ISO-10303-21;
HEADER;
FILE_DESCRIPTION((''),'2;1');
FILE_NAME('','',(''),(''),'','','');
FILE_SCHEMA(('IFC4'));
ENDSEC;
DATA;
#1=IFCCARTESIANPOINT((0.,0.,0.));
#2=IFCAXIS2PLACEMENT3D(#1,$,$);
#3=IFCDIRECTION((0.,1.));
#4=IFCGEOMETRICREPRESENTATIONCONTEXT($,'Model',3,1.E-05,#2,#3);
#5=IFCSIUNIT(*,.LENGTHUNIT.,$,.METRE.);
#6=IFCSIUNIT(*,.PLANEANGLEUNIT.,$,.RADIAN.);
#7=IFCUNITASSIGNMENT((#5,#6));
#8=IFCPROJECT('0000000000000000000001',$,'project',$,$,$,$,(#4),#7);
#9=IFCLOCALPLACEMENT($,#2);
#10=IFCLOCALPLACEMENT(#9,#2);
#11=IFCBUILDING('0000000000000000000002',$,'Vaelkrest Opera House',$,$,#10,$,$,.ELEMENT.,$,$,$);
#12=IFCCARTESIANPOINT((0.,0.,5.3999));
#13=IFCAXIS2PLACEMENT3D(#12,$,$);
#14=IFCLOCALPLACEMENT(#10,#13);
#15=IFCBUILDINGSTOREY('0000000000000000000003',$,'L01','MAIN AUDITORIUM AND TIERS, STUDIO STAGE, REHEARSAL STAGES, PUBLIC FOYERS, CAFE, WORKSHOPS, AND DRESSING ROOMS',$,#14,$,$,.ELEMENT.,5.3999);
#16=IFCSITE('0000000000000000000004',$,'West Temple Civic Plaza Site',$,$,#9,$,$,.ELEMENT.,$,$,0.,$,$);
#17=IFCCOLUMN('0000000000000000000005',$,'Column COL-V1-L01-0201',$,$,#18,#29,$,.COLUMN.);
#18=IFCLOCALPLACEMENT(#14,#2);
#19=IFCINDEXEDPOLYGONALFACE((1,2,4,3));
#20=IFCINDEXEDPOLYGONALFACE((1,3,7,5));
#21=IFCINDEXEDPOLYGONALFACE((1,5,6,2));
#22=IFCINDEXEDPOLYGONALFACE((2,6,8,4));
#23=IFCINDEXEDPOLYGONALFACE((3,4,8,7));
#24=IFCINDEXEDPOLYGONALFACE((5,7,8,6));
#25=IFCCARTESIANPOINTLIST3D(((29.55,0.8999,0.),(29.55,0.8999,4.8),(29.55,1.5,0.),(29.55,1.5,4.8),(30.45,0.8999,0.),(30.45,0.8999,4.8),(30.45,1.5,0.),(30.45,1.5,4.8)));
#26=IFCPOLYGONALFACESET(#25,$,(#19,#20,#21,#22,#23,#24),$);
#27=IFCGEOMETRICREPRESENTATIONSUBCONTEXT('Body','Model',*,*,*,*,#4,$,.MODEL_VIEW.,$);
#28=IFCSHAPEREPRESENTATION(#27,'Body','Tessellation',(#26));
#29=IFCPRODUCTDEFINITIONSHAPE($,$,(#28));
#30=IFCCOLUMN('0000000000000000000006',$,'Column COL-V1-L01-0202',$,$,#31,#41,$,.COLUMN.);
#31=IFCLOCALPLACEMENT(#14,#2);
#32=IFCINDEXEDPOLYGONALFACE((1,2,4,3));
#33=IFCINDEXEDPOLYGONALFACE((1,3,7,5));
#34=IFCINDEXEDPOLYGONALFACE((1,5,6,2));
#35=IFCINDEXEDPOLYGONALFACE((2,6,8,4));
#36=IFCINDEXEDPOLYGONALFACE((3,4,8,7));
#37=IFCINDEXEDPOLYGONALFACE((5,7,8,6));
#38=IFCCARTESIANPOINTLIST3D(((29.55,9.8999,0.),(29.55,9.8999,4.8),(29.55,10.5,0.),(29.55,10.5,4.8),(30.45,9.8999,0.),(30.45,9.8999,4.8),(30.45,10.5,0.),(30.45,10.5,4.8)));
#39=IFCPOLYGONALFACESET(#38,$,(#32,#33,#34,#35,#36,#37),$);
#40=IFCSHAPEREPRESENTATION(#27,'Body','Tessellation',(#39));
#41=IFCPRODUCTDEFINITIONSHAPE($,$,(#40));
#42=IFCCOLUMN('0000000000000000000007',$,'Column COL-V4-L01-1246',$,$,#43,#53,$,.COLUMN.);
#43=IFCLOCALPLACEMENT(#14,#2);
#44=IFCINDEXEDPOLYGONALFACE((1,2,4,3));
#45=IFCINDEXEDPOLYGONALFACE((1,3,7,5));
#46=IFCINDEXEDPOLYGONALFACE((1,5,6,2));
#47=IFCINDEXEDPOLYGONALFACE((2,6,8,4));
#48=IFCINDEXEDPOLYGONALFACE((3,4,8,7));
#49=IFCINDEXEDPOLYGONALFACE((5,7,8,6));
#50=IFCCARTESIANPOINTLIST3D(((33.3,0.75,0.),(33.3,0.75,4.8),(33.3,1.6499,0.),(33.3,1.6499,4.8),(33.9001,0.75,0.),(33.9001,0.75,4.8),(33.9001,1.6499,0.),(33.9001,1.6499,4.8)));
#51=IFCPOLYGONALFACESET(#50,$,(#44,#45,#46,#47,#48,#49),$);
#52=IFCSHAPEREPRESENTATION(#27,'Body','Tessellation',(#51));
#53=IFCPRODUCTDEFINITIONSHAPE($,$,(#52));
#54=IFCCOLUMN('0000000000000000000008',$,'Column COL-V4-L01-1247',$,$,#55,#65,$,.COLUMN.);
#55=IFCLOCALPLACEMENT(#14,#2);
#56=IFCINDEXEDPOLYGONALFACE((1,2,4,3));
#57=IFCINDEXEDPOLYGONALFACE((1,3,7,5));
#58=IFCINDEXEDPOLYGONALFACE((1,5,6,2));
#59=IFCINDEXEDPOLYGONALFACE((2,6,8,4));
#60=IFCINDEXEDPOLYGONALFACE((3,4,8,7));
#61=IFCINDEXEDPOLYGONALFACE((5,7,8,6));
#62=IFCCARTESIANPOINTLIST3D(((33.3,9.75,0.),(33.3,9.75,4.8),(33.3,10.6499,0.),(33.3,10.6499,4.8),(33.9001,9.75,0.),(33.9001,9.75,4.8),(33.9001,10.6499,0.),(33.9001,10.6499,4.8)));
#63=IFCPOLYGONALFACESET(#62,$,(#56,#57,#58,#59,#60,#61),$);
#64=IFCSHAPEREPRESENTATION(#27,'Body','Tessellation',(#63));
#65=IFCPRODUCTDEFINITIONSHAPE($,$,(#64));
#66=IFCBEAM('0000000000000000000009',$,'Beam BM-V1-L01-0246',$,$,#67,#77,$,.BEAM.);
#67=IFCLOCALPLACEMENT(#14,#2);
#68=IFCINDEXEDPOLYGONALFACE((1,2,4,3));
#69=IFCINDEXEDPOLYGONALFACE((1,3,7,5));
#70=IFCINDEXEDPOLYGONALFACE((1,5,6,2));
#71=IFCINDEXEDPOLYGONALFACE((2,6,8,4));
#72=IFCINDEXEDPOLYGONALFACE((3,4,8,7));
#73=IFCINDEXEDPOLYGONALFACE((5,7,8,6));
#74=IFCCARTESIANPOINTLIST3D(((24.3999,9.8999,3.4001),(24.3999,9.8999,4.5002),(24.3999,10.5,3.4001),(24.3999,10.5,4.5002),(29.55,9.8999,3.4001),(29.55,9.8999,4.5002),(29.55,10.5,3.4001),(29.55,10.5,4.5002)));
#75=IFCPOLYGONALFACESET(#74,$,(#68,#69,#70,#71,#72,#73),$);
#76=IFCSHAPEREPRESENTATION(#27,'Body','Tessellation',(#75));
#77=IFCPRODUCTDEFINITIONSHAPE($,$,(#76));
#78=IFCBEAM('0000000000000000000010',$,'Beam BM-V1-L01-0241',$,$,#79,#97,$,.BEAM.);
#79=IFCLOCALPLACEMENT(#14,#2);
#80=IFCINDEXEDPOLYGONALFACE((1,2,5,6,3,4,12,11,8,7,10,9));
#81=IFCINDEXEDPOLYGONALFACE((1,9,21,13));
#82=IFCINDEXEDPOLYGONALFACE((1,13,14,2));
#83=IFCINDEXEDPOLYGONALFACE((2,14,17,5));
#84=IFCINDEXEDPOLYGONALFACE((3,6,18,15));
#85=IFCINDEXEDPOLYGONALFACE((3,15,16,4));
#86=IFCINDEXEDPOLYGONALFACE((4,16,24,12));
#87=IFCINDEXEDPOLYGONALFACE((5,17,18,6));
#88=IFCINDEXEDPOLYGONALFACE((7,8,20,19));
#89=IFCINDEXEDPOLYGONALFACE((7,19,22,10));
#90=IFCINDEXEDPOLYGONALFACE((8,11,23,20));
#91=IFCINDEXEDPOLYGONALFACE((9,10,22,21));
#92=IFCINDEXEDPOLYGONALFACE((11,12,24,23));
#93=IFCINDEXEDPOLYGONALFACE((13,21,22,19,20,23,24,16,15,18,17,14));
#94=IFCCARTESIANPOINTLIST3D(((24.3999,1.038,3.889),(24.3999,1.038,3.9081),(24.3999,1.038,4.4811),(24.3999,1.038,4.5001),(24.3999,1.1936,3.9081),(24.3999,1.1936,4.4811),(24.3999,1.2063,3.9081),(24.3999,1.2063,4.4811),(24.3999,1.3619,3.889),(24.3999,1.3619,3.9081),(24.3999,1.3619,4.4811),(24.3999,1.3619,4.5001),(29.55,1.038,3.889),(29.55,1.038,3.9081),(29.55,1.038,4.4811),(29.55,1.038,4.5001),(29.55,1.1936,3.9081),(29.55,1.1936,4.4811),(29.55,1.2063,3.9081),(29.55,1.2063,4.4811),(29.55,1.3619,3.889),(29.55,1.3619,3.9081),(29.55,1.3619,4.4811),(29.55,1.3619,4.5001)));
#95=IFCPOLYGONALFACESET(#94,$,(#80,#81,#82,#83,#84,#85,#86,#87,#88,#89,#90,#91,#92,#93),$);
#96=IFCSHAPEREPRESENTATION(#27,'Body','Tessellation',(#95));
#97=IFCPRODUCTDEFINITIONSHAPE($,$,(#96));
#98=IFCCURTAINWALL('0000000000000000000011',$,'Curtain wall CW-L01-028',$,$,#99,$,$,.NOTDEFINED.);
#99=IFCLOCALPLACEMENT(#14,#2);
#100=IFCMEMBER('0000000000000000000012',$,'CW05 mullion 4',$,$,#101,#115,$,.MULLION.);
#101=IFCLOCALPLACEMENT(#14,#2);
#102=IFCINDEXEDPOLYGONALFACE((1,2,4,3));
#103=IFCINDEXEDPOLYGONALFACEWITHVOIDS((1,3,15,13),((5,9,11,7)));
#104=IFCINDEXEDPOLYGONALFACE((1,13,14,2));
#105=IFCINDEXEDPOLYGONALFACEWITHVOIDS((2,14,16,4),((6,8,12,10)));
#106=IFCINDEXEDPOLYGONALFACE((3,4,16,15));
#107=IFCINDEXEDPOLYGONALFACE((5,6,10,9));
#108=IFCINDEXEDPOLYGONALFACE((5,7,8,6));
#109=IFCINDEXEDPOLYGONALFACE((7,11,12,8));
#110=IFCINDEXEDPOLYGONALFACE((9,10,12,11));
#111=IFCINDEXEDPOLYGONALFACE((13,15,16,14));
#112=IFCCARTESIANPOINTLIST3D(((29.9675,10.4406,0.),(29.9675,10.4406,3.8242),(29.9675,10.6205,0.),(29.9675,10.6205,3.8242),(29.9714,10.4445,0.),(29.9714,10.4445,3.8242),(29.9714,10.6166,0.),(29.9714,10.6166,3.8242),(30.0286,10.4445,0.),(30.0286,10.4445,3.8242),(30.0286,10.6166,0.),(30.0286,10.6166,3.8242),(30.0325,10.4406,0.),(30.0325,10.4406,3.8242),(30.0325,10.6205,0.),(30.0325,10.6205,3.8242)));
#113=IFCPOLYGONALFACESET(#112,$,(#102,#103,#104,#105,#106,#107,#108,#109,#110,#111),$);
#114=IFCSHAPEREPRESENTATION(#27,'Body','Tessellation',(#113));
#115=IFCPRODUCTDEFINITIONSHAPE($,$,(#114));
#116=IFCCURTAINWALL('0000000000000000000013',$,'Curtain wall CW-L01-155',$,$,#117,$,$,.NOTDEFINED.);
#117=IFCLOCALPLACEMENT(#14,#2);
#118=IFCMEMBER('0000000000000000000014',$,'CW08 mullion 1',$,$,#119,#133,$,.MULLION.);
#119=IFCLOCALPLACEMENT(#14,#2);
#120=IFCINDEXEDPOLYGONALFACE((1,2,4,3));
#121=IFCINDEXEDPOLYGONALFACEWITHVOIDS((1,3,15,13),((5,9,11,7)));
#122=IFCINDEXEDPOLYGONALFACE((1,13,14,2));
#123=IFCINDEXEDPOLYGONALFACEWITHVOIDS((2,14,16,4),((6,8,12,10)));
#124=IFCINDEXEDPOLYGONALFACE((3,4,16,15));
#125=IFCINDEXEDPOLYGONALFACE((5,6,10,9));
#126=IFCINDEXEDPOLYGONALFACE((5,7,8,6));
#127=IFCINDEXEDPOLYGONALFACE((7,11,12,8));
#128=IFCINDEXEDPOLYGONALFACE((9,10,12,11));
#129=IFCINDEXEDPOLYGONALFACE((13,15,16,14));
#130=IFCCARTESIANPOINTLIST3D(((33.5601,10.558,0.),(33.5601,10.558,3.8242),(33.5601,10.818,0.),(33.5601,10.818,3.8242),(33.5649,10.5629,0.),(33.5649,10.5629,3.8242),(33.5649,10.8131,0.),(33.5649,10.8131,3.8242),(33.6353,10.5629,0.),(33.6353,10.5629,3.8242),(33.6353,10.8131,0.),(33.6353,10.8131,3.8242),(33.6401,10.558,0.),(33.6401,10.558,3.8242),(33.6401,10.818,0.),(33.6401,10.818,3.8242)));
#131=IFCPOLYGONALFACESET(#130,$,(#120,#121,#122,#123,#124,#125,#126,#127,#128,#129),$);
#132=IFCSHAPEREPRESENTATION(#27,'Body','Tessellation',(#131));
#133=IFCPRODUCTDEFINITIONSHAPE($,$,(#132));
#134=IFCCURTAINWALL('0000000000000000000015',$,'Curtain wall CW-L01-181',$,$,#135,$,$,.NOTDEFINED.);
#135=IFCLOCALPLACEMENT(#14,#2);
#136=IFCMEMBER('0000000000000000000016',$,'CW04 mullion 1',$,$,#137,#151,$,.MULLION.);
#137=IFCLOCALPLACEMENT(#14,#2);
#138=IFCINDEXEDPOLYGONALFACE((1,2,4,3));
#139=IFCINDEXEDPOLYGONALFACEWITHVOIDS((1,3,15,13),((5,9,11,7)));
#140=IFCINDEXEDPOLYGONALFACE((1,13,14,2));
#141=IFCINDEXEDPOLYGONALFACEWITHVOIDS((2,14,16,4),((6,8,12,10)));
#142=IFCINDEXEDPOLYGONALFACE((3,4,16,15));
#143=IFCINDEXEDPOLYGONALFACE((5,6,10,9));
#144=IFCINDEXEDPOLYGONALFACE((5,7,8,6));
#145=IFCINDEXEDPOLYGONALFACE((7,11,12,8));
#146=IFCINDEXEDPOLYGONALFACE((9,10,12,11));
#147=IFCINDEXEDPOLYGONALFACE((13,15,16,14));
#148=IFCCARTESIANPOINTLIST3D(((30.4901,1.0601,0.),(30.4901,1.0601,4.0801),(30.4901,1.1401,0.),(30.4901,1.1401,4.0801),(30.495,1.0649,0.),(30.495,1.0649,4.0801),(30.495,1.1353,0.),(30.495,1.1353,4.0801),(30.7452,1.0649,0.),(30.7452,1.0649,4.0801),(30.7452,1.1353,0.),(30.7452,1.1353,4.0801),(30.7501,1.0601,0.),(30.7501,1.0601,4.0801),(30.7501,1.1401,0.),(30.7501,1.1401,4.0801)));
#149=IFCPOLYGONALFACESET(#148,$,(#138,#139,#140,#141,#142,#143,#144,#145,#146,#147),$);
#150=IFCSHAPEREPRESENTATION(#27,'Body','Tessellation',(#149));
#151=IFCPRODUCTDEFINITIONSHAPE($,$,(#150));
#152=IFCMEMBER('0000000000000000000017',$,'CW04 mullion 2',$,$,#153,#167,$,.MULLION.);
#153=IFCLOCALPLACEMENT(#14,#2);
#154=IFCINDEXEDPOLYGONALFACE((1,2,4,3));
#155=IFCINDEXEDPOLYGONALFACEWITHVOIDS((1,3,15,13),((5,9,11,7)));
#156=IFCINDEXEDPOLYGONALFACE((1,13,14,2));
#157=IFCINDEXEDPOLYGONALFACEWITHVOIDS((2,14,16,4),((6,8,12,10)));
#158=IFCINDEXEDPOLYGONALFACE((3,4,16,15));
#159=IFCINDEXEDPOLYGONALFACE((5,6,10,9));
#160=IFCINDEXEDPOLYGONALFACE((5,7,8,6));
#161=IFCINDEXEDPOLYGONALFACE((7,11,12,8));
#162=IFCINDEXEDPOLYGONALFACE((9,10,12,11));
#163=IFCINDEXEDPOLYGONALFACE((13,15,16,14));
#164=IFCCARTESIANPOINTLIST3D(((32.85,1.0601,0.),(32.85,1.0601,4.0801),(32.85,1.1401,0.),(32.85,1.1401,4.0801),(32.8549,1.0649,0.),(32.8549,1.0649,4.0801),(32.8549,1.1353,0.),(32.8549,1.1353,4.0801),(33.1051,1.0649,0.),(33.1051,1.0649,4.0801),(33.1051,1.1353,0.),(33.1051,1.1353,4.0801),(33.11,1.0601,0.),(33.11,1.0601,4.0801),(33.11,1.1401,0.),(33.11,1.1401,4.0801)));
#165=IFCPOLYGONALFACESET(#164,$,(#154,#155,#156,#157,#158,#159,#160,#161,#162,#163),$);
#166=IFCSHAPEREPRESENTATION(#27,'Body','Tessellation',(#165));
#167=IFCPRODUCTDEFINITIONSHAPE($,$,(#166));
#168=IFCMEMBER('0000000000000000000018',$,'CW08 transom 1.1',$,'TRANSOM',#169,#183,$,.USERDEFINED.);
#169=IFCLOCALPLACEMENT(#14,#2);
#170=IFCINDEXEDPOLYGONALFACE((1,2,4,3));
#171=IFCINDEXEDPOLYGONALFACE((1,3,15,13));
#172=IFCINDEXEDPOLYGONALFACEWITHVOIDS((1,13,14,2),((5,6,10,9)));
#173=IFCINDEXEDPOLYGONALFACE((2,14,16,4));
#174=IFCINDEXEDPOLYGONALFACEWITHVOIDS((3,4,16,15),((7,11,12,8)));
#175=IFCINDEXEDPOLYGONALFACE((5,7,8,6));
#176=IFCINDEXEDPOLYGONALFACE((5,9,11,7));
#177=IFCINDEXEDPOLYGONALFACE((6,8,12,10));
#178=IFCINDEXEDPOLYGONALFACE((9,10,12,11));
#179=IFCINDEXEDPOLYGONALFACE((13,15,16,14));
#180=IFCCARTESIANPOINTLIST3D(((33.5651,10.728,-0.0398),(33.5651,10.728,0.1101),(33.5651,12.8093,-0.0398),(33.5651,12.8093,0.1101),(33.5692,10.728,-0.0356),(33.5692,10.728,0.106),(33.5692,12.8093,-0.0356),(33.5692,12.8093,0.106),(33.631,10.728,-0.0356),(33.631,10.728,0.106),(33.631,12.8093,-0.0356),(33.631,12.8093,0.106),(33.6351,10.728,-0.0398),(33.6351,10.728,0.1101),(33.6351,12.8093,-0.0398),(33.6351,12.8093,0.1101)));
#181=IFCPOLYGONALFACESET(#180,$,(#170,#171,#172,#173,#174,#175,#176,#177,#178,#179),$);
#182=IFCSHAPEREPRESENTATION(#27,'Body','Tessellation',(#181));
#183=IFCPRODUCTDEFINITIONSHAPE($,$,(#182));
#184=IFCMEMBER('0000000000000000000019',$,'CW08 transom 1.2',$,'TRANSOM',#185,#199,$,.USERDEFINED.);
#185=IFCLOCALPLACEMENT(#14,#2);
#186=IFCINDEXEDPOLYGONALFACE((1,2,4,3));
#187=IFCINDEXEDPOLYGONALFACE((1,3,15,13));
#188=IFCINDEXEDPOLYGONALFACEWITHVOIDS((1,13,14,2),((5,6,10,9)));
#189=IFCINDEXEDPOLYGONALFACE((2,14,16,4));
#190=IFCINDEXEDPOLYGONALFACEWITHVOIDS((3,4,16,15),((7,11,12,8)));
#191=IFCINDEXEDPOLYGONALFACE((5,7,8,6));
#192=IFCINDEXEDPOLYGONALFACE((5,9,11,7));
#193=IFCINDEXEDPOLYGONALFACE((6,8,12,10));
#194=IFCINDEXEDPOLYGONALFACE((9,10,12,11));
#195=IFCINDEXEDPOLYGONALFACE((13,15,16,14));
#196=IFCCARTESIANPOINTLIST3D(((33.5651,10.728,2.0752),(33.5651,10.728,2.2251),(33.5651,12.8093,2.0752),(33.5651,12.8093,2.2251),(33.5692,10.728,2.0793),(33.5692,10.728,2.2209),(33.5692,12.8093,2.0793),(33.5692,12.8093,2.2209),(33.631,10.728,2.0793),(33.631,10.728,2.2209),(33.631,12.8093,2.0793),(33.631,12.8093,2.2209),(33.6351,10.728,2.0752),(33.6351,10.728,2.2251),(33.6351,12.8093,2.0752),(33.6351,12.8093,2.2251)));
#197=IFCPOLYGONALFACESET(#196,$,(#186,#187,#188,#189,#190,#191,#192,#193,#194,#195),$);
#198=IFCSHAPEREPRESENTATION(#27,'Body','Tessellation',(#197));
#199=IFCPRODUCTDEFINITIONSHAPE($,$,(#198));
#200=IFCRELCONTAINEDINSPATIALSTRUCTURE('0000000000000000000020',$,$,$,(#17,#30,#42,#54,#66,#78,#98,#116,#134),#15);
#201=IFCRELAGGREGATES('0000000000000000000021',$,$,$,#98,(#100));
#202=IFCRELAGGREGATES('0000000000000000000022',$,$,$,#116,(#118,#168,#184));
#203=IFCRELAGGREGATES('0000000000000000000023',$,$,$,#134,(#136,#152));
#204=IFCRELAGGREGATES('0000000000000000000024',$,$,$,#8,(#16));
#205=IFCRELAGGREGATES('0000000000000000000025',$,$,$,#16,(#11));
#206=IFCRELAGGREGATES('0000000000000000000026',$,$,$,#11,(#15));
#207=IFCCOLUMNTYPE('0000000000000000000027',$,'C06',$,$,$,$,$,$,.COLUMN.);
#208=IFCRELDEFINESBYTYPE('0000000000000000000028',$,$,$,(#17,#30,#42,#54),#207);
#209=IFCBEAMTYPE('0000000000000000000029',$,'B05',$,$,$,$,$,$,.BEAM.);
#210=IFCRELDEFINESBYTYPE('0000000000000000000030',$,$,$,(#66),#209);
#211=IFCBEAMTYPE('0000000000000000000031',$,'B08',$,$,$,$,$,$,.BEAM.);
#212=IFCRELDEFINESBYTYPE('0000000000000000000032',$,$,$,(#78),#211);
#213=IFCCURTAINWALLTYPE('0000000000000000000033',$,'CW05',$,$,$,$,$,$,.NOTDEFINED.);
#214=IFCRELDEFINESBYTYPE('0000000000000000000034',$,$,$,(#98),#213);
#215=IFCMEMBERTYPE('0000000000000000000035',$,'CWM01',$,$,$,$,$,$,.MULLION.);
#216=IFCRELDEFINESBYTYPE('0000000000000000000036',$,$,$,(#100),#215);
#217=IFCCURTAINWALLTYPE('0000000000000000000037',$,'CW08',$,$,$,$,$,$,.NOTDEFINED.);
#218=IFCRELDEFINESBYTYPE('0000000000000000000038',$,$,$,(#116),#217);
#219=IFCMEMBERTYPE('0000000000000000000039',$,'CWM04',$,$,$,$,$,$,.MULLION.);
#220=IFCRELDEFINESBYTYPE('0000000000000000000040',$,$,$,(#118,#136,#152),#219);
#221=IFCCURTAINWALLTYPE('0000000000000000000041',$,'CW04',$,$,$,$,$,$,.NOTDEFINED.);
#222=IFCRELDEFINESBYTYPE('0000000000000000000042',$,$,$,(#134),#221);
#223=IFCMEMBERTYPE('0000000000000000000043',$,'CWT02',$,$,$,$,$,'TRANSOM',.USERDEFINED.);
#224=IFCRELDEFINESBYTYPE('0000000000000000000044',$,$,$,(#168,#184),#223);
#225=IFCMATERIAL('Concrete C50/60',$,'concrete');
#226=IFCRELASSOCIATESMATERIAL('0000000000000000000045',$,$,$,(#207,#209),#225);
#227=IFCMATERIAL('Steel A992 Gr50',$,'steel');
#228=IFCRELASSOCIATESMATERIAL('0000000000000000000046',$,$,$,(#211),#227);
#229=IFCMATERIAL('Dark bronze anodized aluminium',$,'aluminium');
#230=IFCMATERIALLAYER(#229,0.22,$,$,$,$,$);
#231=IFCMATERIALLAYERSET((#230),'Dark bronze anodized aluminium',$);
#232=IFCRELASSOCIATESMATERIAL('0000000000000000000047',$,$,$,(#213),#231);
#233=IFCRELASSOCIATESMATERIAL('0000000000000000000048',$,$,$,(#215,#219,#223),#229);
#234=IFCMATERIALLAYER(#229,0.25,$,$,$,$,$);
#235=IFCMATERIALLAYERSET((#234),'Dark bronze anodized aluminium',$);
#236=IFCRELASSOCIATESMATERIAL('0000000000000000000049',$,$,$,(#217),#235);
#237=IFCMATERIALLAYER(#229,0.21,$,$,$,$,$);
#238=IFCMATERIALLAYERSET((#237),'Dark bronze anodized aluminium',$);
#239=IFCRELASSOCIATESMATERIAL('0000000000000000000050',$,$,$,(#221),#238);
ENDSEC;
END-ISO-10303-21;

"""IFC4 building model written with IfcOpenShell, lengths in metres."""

from ifc_helpers import new_model, si_unit, direction, frame, origin, origin_2d, place, context, subcontext, project, spatial, rectangle, hollow_rectangle, i_section, extrude, material, layer, layer_set, material_profile, profile_set, type_object, element, aggregate, save


model = new_model("IFC4")

# Units and contexts
model_context = context("Model", 3, precision=1e-05, world=origin(), true_north=direction((0.0, 1.0)))
body_context = subcontext(model_context, "Body", "Model", "MODEL_VIEW")
ifc_project = project(units=[si_unit("LENGTHUNIT", "METRE"), si_unit("PLANEANGLEUNIT", "RADIAN")], contexts=[model_context])

# Site, building, storey
site_placement = place(None, origin())
site = spatial("IfcSite", under=ifc_project, at=site_placement, Name="West Temple Civic Plaza Site", CompositionType="ELEMENT", RefElevation=0.0)
building_placement = place(site_placement, origin())
building = spatial("IfcBuilding", under=site, at=building_placement, Name="Vaelkrest Opera House", CompositionType="ELEMENT")
storey_placement = place(building_placement, frame((0.0, 0.0, 5.3999)))
storey = spatial("IfcBuildingStorey", under=building, at=storey_placement, Name="L01", Description="MAIN AUDITORIUM AND TIERS, STUDIO STAGE, REHEARSAL STAGES, PUBLIC FOYERS, CAFE, WORKSHOPS, AND DRESSING ROOMS", CompositionType="ELEMENT", Elevation=5.3999)

# Columns
ifc_material_1 = material(Name="Concrete C50/60", Category="concrete")
ifc_material_profile_1 = material_profile(ifc_material_1, rectangle(XDim=0.6001, YDim=0.8999, at=origin_2d()), Name="RC600X900")
ifc_profile_set_1 = profile_set([ifc_material_profile_1], Name="Concrete C50/60")
column_type = type_object("IfcColumnType", Name="C06", PredefinedType="COLUMN", material=ifc_profile_set_1)
for number, where, z_axis, x_axis, name in (
    (1, (30.0, 1.2, 0.0), (0.0, 0.0, 1.0), (0.0, 1.0, 0.0), "Column COL-V1-L01-0201"),
    (2, (30.0, 10.2, 0.0), (0.0, 0.0, 1.0), (0.0, 1.0, 0.0), "Column COL-V1-L01-0202"),
    (3, (33.6001, 1.2, 0.0), (0.0, 0.0, 1.0), (1.0, 0.0, 0.0), "Column COL-V4-L01-1246"),
    (4, (33.6001, 10.2, 0.0), (0.0, 0.0, 1.0), (1.0, 0.0, 0.0), "Column COL-V4-L01-1247"),
):
    element("IfcColumn", number, at=place(storey_placement, frame(where, z_axis=z_axis, x_axis=x_axis)), inside=storey, type_object=column_type, Name=name, PredefinedType="COLUMN", context=body_context, shape_type="SweptSolid", body=[
        extrude(rectangle(XDim=0.6001, YDim=0.8999, at=origin_2d()), origin(), (0.0, 0.0, 1.0), 4.8),
    ])

# Beams
ifc_material_profile_2 = material_profile(ifc_material_1, rectangle(XDim=0.6001, YDim=1.1001, at=origin_2d()), Name="RCB600X1100")
ifc_profile_set_2 = profile_set([ifc_material_profile_2], Name="Concrete C50/60")
beam_type_1 = type_object("IfcBeamType", Name="B05", PredefinedType="BEAM", material=ifc_profile_set_2)
beam_1_placement = place(storey_placement, frame((24.3999, 10.2, 3.9502), z_axis=(1.0, 0.0, 0.0), x_axis=(0.0, 1.0, 0.0)))
element("IfcBeam", 5, at=beam_1_placement, inside=storey, type_object=beam_type_1, Name="Beam BM-V1-L01-0246", PredefinedType="BEAM", context=body_context, shape_type="SweptSolid", body=[
    extrude(rectangle(XDim=0.6001, YDim=1.1001, at=origin_2d()), origin(), (0.0, 0.0, 1.0), 5.1501),
])
ifc_material_2 = material(Name="Steel A992 Gr50", Category="steel")
ifc_material_profile_3 = material_profile(ifc_material_2, i_section(OverallWidth=0.324, OverallDepth=0.6111, WebThickness=0.0127, FlangeThickness=0.019, at=origin_2d()), Name="W24X104")
ifc_profile_set_3 = profile_set([ifc_material_profile_3], Name="Steel A992 Gr50")
beam_type_2 = type_object("IfcBeamType", Name="B08", PredefinedType="BEAM", material=ifc_profile_set_3)
beam_2_placement = place(storey_placement, frame((24.3999, 1.2, 4.1946), z_axis=(1.0, 0.0, 0.0), x_axis=(0.0, 1.0, 0.0)))
element("IfcBeam", 6, at=beam_2_placement, inside=storey, type_object=beam_type_2, Name="Beam BM-V1-L01-0241", PredefinedType="BEAM", context=body_context, shape_type="SweptSolid", body=[
    extrude(i_section(OverallWidth=0.324, OverallDepth=0.6111, WebThickness=0.0127, FlangeThickness=0.019, at=origin_2d()), origin(), (0.0, 0.0, 1.0), 5.1501),
])

# Curtain walls, members
ifc_material_3 = material(Name="Dark bronze anodized aluminium", Category="aluminium")
ifc_layer_1 = layer(ifc_material_3, 0.22)
ifc_layer_set_1 = layer_set([ifc_layer_1], Name="Dark bronze anodized aluminium")
curtain_wall_type_1 = type_object("IfcCurtainWallType", Name="CW05", PredefinedType="NOTDEFINED", material=ifc_layer_set_1)
curtain_wall_1_placement = place(storey_placement, origin())
curtain_wall_1 = element("IfcCurtainWall", 7, at=curtain_wall_1_placement, inside=storey, type_object=curtain_wall_type_1, Name="Curtain wall CW-L01-028", PredefinedType="NOTDEFINED")
ifc_material_profile_4 = material_profile(ifc_material_3, hollow_rectangle(XDim=0.0649, YDim=0.1799, WallThickness=0.0039, at=origin_2d()), Name="CWM65X180")
ifc_profile_set_4 = profile_set([ifc_material_profile_4], Name="Dark bronze anodized aluminium")
member_type_1 = type_object("IfcMemberType", Name="CWM01", PredefinedType="MULLION", material=ifc_profile_set_4)
member_1_placement = place(storey_placement, frame((30.0, 10.5305, 0.0), z_axis=(0.0, 0.0, 1.0), x_axis=(1.0, 0.0, 0.0)))
member_1 = element("IfcMember", 8, at=member_1_placement, type_object=member_type_1, Name="CW05 mullion 4", PredefinedType="MULLION", context=body_context, shape_type="SweptSolid", body=[
    extrude(hollow_rectangle(XDim=0.0649, YDim=0.1799, WallThickness=0.0039, at=origin_2d()), origin(), (0.0, 0.0, 1.0), 3.8242),
])
aggregate(curtain_wall_1, [member_1])
ifc_layer_2 = layer(ifc_material_3, 0.25)
ifc_layer_set_2 = layer_set([ifc_layer_2], Name="Dark bronze anodized aluminium")
curtain_wall_type_2 = type_object("IfcCurtainWallType", Name="CW08", PredefinedType="NOTDEFINED", material=ifc_layer_set_2)
curtain_wall_2_placement = place(storey_placement, origin())
curtain_wall_2 = element("IfcCurtainWall", 9, at=curtain_wall_2_placement, inside=storey, type_object=curtain_wall_type_2, Name="Curtain wall CW-L01-155", PredefinedType="NOTDEFINED")
ifc_material_profile_5 = material_profile(ifc_material_3, hollow_rectangle(XDim=0.0801, YDim=0.26, WallThickness=0.0049, at=origin_2d()), Name="CWM80X260")
ifc_profile_set_5 = profile_set([ifc_material_profile_5], Name="Dark bronze anodized aluminium")
member_type_2 = type_object("IfcMemberType", Name="CWM04", PredefinedType="MULLION", material=ifc_profile_set_5)
member_2_placement = place(storey_placement, frame((33.6001, 10.688, 0.0), z_axis=(0.0, 0.0, 1.0), x_axis=(-1.0, 0.0, 0.0)))
member_2 = element("IfcMember", 10, at=member_2_placement, type_object=member_type_2, Name="CW08 mullion 1", PredefinedType="MULLION", context=body_context, shape_type="SweptSolid", body=[
    extrude(hollow_rectangle(XDim=0.0801, YDim=0.26, WallThickness=0.0049, at=origin_2d()), origin(), (0.0, 0.0, 1.0), 3.8242),
])

# Curtain wall, members
ifc_layer_3 = layer(ifc_material_3, 0.21)
ifc_layer_set_3 = layer_set([ifc_layer_3], Name="Dark bronze anodized aluminium")
curtain_wall_type_3 = type_object("IfcCurtainWallType", Name="CW04", PredefinedType="NOTDEFINED", material=ifc_layer_set_3)
curtain_wall_3_placement = place(storey_placement, origin())
curtain_wall_3 = element("IfcCurtainWall", 11, at=curtain_wall_3_placement, inside=storey, type_object=curtain_wall_type_3, Name="Curtain wall CW-L01-181", PredefinedType="NOTDEFINED")
member_3_placement = place(storey_placement, frame((30.6201, 1.1001, 0.0), z_axis=(0.0, 0.0, 1.0), x_axis=(0.0, 1.0, 0.0)))
member_3 = element("IfcMember", 12, at=member_3_placement, type_object=member_type_2, Name="CW04 mullion 1", PredefinedType="MULLION", context=body_context, shape_type="SweptSolid", body=[
    extrude(hollow_rectangle(XDim=0.0801, YDim=0.26, WallThickness=0.0049, at=origin_2d()), origin(), (0.0, 0.0, 1.0), 4.0801),
])
member_4_placement = place(storey_placement, frame((32.98, 1.1001, 0.0), z_axis=(0.0, 0.0, 1.0), x_axis=(0.0, 1.0, 0.0)))
member_4 = element("IfcMember", 13, at=member_4_placement, type_object=member_type_2, Name="CW04 mullion 2", PredefinedType="MULLION", context=body_context, shape_type="SweptSolid", body=[
    extrude(hollow_rectangle(XDim=0.0801, YDim=0.26, WallThickness=0.0049, at=origin_2d()), origin(), (0.0, 0.0, 1.0), 4.0801),
])

# Members
ifc_material_profile_6 = material_profile(ifc_material_3, hollow_rectangle(XDim=0.0701, YDim=0.1499, WallThickness=0.0042, at=origin_2d()), Name="CWT70X150")
ifc_profile_set_6 = profile_set([ifc_material_profile_6], Name="Dark bronze anodized aluminium")
member_type_3 = type_object("IfcMemberType", Name="CWT02", ElementType="TRANSOM", PredefinedType="USERDEFINED", material=ifc_profile_set_6)
member_5_placement = place(storey_placement, frame((33.6001, 10.728, 0.0352), z_axis=(0.0, 1.0, 0.0), x_axis=(-1.0, 0.0, 0.0)))
member_5 = element("IfcMember", 14, at=member_5_placement, type_object=member_type_3, Name="CW08 transom 1.1", ObjectType="TRANSOM", PredefinedType="USERDEFINED", context=body_context, shape_type="SweptSolid", body=[
    extrude(hollow_rectangle(XDim=0.0701, YDim=0.1499, WallThickness=0.0042, at=origin_2d()), origin(), (0.0, 0.0, 1.0), 2.0813),
])
member_6_placement = place(storey_placement, frame((33.6001, 10.728, 2.1501), z_axis=(0.0, 1.0, 0.0), x_axis=(-1.0, 0.0, 0.0)))
member_6 = element("IfcMember", 15, at=member_6_placement, type_object=member_type_3, Name="CW08 transom 1.2", ObjectType="TRANSOM", PredefinedType="USERDEFINED", context=body_context, shape_type="SweptSolid", body=[
    extrude(hollow_rectangle(XDim=0.0701, YDim=0.1499, WallThickness=0.0042, at=origin_2d()), origin(), (0.0, 0.0, 1.0), 2.0813),
])
aggregate(curtain_wall_2, [member_2, member_5, member_6])

aggregate(curtain_wall_3, [member_3, member_4])

save(model, "model.ifc")
